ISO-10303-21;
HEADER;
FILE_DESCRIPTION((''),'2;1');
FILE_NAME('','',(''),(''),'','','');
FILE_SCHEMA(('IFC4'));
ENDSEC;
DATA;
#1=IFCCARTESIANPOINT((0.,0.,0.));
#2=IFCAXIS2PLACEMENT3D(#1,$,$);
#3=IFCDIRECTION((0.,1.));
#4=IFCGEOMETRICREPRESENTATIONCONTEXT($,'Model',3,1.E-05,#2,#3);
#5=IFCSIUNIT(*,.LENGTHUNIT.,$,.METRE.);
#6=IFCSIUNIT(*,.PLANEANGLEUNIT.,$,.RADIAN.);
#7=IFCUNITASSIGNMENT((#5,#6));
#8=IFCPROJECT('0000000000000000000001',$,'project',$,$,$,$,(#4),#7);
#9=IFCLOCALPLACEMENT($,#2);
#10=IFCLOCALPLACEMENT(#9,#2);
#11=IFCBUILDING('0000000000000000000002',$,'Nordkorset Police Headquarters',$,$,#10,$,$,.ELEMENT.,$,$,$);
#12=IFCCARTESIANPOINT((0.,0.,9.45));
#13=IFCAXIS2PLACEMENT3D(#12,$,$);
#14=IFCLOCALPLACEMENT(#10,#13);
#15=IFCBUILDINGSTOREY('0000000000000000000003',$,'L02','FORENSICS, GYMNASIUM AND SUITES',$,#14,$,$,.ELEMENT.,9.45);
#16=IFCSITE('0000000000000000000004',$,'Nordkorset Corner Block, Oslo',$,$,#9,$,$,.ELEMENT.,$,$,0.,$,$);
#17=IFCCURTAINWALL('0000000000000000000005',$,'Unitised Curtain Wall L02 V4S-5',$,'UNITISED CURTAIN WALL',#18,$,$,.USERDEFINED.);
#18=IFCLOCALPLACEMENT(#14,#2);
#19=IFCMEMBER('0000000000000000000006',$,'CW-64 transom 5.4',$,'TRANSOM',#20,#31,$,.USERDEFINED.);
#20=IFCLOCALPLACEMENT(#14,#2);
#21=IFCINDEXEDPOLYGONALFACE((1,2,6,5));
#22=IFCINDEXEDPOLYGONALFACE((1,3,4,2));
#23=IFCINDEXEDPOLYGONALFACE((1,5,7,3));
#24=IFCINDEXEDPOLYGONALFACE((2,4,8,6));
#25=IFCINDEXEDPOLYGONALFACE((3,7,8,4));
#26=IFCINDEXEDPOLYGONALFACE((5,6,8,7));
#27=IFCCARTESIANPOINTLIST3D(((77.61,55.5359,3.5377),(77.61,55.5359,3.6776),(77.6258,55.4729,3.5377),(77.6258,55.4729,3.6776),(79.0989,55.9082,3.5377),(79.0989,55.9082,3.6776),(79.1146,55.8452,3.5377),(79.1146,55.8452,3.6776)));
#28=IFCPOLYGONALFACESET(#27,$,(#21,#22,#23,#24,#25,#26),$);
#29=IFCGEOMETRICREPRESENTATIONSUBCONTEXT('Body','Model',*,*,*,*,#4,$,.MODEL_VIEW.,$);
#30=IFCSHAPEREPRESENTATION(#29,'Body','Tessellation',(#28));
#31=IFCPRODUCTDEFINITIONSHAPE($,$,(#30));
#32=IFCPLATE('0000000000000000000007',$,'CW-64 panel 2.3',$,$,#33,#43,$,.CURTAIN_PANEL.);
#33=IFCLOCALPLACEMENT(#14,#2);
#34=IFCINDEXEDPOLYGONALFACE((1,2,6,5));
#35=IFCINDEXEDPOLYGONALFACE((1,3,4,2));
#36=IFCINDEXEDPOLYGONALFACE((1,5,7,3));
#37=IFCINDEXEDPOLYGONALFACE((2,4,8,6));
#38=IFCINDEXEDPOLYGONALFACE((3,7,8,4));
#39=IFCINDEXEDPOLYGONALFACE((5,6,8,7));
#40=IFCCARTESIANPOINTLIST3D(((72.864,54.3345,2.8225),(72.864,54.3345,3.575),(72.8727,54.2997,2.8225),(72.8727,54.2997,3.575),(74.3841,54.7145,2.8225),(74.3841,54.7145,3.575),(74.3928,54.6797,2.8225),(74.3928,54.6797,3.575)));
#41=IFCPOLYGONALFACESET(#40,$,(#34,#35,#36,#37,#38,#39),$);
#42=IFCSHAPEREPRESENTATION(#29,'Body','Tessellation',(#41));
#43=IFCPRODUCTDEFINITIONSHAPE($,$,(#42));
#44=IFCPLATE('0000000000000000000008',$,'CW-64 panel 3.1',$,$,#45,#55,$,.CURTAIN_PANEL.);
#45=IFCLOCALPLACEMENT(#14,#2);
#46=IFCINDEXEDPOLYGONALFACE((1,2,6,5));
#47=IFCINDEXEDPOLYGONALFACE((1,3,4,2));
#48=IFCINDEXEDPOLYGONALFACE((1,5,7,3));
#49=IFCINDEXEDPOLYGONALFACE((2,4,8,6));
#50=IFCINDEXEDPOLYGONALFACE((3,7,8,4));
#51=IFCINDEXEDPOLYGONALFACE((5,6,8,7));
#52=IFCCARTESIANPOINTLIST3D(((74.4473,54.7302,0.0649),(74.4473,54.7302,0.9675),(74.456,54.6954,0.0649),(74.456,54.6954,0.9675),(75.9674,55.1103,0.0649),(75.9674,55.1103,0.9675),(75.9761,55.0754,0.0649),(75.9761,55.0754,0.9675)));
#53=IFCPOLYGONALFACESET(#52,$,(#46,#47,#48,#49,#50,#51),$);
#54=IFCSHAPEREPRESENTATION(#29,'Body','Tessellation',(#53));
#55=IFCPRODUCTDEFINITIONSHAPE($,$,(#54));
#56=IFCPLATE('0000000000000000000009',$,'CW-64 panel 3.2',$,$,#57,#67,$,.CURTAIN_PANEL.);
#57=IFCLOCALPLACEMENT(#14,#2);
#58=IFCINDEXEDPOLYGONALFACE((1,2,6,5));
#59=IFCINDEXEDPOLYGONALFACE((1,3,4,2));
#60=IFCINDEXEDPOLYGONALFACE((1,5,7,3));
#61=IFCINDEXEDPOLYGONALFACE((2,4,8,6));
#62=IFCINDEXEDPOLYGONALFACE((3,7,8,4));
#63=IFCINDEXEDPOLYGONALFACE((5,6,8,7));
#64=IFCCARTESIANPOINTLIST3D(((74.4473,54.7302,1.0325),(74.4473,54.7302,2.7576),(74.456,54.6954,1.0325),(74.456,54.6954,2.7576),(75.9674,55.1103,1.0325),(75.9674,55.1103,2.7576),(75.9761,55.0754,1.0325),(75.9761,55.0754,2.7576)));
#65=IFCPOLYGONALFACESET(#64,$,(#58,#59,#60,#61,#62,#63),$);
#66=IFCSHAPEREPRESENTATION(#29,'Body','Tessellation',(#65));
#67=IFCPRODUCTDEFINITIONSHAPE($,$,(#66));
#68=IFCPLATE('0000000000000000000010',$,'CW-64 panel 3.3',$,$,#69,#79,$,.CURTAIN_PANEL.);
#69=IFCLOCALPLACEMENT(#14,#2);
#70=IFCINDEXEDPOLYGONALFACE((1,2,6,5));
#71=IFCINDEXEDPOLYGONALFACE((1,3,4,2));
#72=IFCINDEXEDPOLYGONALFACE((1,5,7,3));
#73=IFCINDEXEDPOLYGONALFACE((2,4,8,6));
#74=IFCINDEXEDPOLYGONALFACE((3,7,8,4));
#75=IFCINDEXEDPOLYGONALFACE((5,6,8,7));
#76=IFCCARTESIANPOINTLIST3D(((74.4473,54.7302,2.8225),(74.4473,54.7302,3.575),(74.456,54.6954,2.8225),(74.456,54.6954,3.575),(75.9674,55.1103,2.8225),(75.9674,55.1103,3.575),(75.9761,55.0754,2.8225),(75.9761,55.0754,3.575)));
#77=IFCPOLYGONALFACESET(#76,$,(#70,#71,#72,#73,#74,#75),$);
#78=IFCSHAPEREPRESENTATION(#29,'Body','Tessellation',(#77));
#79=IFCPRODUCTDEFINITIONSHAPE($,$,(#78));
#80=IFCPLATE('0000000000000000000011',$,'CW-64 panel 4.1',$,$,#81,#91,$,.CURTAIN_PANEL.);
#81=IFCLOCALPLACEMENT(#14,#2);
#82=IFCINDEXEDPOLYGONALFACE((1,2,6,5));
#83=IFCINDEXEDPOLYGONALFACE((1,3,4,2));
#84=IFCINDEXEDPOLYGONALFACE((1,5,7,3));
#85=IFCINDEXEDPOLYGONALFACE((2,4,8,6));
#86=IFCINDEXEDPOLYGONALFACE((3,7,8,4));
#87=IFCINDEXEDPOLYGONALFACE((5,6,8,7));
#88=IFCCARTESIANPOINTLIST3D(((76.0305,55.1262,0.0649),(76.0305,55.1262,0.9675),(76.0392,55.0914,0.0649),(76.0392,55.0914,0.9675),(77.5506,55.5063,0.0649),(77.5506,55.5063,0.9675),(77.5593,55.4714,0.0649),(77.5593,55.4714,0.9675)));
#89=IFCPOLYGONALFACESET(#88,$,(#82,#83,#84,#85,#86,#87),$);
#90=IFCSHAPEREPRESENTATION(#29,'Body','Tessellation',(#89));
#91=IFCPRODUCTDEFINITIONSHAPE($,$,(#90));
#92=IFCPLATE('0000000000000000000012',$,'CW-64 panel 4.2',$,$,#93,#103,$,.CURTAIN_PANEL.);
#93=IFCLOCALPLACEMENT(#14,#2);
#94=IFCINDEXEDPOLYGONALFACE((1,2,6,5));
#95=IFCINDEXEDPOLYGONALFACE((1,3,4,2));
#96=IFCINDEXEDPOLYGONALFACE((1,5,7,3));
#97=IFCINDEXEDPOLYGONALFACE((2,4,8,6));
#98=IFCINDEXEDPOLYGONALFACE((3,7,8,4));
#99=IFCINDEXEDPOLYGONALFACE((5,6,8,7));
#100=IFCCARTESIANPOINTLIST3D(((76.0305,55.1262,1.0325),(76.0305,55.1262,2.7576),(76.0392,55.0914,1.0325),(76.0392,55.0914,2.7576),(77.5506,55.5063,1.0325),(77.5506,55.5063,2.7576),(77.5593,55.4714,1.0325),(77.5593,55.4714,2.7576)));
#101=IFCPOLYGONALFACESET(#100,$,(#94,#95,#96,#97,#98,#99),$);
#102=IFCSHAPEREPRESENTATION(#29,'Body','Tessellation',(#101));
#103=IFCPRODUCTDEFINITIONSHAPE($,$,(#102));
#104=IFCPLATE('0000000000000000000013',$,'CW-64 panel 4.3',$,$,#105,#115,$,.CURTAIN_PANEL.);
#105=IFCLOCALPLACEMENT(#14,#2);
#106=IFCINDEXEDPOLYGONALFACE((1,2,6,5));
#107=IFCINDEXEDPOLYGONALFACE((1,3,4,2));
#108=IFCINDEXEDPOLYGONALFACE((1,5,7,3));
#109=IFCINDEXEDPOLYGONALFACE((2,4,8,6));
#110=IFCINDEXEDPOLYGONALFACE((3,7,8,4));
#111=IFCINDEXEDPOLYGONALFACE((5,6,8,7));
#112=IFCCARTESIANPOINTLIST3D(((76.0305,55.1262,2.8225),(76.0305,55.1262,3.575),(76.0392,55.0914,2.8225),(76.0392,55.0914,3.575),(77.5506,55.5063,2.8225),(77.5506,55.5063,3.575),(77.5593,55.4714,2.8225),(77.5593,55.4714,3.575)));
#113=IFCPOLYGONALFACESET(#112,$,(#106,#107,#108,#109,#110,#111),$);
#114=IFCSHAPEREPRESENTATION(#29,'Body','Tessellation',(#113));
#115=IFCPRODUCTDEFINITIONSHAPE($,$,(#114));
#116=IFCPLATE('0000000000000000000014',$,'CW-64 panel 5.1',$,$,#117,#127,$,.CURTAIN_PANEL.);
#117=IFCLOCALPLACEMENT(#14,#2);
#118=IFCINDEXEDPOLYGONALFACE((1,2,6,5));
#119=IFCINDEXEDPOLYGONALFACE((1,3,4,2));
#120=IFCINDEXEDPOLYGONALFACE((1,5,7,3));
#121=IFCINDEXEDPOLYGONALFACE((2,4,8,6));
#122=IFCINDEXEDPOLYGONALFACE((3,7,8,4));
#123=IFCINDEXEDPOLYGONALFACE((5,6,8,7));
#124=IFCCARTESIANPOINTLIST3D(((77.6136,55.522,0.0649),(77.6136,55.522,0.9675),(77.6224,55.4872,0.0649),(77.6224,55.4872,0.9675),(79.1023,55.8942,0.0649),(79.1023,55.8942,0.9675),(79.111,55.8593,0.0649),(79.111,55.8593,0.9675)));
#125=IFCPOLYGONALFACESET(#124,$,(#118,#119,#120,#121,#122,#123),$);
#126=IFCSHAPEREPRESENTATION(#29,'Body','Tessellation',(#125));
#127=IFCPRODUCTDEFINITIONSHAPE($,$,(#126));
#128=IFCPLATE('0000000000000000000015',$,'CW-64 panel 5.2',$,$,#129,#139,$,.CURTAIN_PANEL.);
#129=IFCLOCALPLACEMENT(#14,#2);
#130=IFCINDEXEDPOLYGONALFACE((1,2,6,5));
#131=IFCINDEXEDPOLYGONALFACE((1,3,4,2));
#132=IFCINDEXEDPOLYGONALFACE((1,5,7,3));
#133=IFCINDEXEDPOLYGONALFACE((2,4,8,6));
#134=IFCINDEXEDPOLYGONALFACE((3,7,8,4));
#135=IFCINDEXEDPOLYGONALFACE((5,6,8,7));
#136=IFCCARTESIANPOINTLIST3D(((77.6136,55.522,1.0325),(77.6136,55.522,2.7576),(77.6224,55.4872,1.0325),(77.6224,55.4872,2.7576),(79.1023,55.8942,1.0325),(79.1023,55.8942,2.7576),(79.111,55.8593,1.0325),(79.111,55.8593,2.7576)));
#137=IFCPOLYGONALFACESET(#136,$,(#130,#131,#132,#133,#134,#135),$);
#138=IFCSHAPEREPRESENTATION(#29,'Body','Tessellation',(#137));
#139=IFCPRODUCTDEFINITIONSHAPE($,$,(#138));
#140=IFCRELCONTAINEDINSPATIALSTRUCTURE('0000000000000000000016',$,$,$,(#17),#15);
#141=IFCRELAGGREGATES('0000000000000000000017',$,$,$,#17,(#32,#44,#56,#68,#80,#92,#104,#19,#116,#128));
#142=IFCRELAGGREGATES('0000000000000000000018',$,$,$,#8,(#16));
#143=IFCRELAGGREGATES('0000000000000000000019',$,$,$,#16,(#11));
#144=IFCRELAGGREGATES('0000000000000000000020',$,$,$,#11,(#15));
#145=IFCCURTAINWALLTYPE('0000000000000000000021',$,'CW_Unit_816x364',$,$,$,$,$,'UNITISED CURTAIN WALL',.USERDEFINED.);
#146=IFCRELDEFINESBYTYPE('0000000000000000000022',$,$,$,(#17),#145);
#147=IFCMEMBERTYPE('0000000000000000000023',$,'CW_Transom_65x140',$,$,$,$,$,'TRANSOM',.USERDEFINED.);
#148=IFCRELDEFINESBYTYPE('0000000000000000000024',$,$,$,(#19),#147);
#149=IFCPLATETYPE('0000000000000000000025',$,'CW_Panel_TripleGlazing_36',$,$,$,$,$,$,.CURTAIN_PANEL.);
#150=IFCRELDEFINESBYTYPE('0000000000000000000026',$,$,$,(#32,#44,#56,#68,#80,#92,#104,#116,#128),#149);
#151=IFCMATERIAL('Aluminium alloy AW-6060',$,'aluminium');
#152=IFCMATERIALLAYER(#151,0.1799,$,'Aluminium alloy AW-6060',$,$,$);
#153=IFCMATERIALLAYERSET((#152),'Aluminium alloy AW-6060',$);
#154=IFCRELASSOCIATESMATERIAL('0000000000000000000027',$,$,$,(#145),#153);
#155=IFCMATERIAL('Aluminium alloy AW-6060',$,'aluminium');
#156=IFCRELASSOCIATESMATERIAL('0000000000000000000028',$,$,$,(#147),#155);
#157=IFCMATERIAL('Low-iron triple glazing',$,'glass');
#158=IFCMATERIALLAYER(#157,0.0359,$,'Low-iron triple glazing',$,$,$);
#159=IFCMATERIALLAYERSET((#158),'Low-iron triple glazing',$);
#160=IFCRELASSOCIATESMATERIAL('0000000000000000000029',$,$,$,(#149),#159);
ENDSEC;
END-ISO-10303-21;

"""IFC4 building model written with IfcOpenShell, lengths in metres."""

from ifc_helpers import new_model, si_unit, direction, frame, origin, origin_2d, place, context, subcontext, project, spatial, rectangle, extrude, material, layer, layer_set, material_profile, profile_set, type_object, element, aggregate, save


model = new_model("IFC4")

# Units and contexts
model_context = context("Model", 3, precision=1e-05, world=origin(), true_north=direction((0.0, 1.0)))
body_context = subcontext(model_context, "Body", "Model", "MODEL_VIEW")
ifc_project = project(units=[si_unit("LENGTHUNIT", "METRE"), si_unit("PLANEANGLEUNIT", "RADIAN")], contexts=[model_context])

# Site, building, storey
site_placement = place(None, origin())
site = spatial("IfcSite", under=ifc_project, at=site_placement, Name="Nordkorset Corner Block, Oslo", CompositionType="ELEMENT", RefElevation=0.0)
building_placement = place(site_placement, origin())
building = spatial("IfcBuilding", under=site, at=building_placement, Name="Nordkorset Police Headquarters", CompositionType="ELEMENT")
storey_placement = place(building_placement, frame((0.0, 0.0, 9.45)))
storey = spatial("IfcBuildingStorey", under=building, at=storey_placement, Name="L02", Description="FORENSICS, GYMNASIUM AND SUITES", CompositionType="ELEMENT", Elevation=9.45)

# Curtain wall, member, plates
ifc_material_1 = material(Name="Aluminium alloy AW-6060", Category="aluminium")
ifc_layer_1 = layer(ifc_material_1, 0.1799, Name="Aluminium alloy AW-6060")
ifc_layer_set_1 = layer_set([ifc_layer_1], Name="Aluminium alloy AW-6060")
curtain_wall_type = type_object("IfcCurtainWallType", Name="CW_Unit_816x364", ElementType="UNITISED CURTAIN WALL", PredefinedType="USERDEFINED", material=ifc_layer_set_1)
curtain_wall_placement = place(storey_placement, origin())
curtain_wall = element("IfcCurtainWall", 1, at=curtain_wall_placement, inside=storey, type_object=curtain_wall_type, Name="Unitised Curtain Wall L02 V4S-5", ObjectType="UNITISED CURTAIN WALL", PredefinedType="USERDEFINED")
ifc_material_2 = material(Name="Aluminium alloy AW-6060", Category="aluminium")
ifc_material_profile_1 = material_profile(ifc_material_2, rectangle(XDim=0.0649, YDim=0.1399, at=origin_2d()), Name="ALU TRAN 65x140")
ifc_profile_set_1 = profile_set([ifc_material_profile_1], Name="Aluminium alloy AW-6060")
member_type_1 = type_object("IfcMemberType", Name="CW_Transom_65x140", ElementType="TRANSOM", PredefinedType="USERDEFINED", material=ifc_profile_set_1)
member_1_placement = place(storey_placement, frame((77.6179, 55.5044, 3.6077), z_axis=(0.970124, 0.24261, 0.0), x_axis=(-0.24261, 0.970124, 0.0)))
member_1 = element("IfcMember", 2, at=member_1_placement, type_object=member_type_1, Name="CW-64 transom 5.4", ObjectType="TRANSOM", PredefinedType="USERDEFINED", context=body_context, shape_type="SweptSolid", body=[
    extrude(rectangle(XDim=0.0649, YDim=0.1399, at=origin_2d()), origin(), (0.0, 0.0, 1.0), 1.5347),
])
ifc_material_3 = material(Name="Low-iron triple glazing", Category="glass")
ifc_layer_2 = layer(ifc_material_3, 0.0359, Name="Low-iron triple glazing")
ifc_layer_set_2 = layer_set([ifc_layer_2], Name="Low-iron triple glazing")
plate_type = type_object("IfcPlateType", Name="CW_Panel_TripleGlazing_36", PredefinedType="CURTAIN_PANEL", material=ifc_layer_set_2)
plate_1_placement = place(storey_placement, frame((73.6284, 54.5071, 2.8225), z_axis=(0.0, 0.0, 1.0), x_axis=(0.970143, 0.242536, 0.0)))
plate_1 = element("IfcPlate", 3, at=plate_1_placement, type_object=plate_type, Name="CW-64 panel 2.3", PredefinedType="CURTAIN_PANEL", context=body_context, shape_type="SweptSolid", body=[
    extrude(rectangle(XDim=1.5669, YDim=0.0359, at=origin_2d()), origin(), (0.0, 0.0, 1.0), 0.7524),
])
plate_2_placement = place(storey_placement, frame((75.2117, 54.9028, 0.0649), z_axis=(0.0, 0.0, 1.0), x_axis=(0.970143, 0.242536, 0.0)))
plate_2 = element("IfcPlate", 4, at=plate_2_placement, type_object=plate_type, Name="CW-64 panel 3.1", PredefinedType="CURTAIN_PANEL", context=body_context, shape_type="SweptSolid", body=[
    extrude(rectangle(XDim=1.5669, YDim=0.0359, at=origin_2d()), origin(), (0.0, 0.0, 1.0), 0.9026),
])
plate_3_placement = place(storey_placement, frame((75.2117, 54.9028, 1.0325), z_axis=(0.0, 0.0, 1.0), x_axis=(0.970143, 0.242536, 0.0)))
plate_3 = element("IfcPlate", 5, at=plate_3_placement, type_object=plate_type, Name="CW-64 panel 3.2", PredefinedType="CURTAIN_PANEL", context=body_context, shape_type="SweptSolid", body=[
    extrude(rectangle(XDim=1.5669, YDim=0.0359, at=origin_2d()), origin(), (0.0, 0.0, 1.0), 1.7251),
])
plate_4_placement = place(storey_placement, frame((75.2117, 54.9028, 2.8225), z_axis=(0.0, 0.0, 1.0), x_axis=(0.970143, 0.242536, 0.0)))
plate_4 = element("IfcPlate", 6, at=plate_4_placement, type_object=plate_type, Name="CW-64 panel 3.3", PredefinedType="CURTAIN_PANEL", context=body_context, shape_type="SweptSolid", body=[
    extrude(rectangle(XDim=1.5669, YDim=0.0359, at=origin_2d()), origin(), (0.0, 0.0, 1.0), 0.7524),
])
plate_5_placement = place(storey_placement, frame((76.7949, 55.2988, 0.0649), z_axis=(0.0, 0.0, 1.0), x_axis=(0.970143, 0.242536, 0.0)))
plate_5 = element("IfcPlate", 7, at=plate_5_placement, type_object=plate_type, Name="CW-64 panel 4.1", PredefinedType="CURTAIN_PANEL", context=body_context, shape_type="SweptSolid", body=[
    extrude(rectangle(XDim=1.5669, YDim=0.0359, at=origin_2d()), origin(), (0.0, 0.0, 1.0), 0.9026),
])
plate_6_placement = place(storey_placement, frame((76.7949, 55.2988, 1.0325), z_axis=(0.0, 0.0, 1.0), x_axis=(0.970143, 0.242536, 0.0)))
plate_6 = element("IfcPlate", 8, at=plate_6_placement, type_object=plate_type, Name="CW-64 panel 4.2", PredefinedType="CURTAIN_PANEL", context=body_context, shape_type="SweptSolid", body=[
    extrude(rectangle(XDim=1.5669, YDim=0.0359, at=origin_2d()), origin(), (0.0, 0.0, 1.0), 1.7251),
])
plate_7_placement = place(storey_placement, frame((76.7949, 55.2988, 2.8225), z_axis=(0.0, 0.0, 1.0), x_axis=(0.970143, 0.242536, 0.0)))
plate_7 = element("IfcPlate", 9, at=plate_7_placement, type_object=plate_type, Name="CW-64 panel 4.3", PredefinedType="CURTAIN_PANEL", context=body_context, shape_type="SweptSolid", body=[
    extrude(rectangle(XDim=1.5669, YDim=0.0359, at=origin_2d()), origin(), (0.0, 0.0, 1.0), 0.7524),
])
plate_8_placement = place(storey_placement, frame((78.3623, 55.6907, 0.0649), z_axis=(0.0, 0.0, 1.0), x_axis=(0.970143, 0.242536, 0.0)))
plate_8 = element("IfcPlate", 10, at=plate_8_placement, type_object=plate_type, Name="CW-64 panel 5.1", PredefinedType="CURTAIN_PANEL", context=body_context, shape_type="SweptSolid", body=[
    extrude(rectangle(XDim=1.5344, YDim=0.0359, at=origin_2d()), origin(), (0.0, 0.0, 1.0), 0.9026),
])
plate_9_placement = place(storey_placement, frame((78.3623, 55.6907, 1.0325), z_axis=(0.0, 0.0, 1.0), x_axis=(0.970143, 0.242536, 0.0)))
plate_9 = element("IfcPlate", 11, at=plate_9_placement, type_object=plate_type, Name="CW-64 panel 5.2", PredefinedType="CURTAIN_PANEL", context=body_context, shape_type="SweptSolid", body=[
    extrude(rectangle(XDim=1.5344, YDim=0.0359, at=origin_2d()), origin(), (0.0, 0.0, 1.0), 1.7251),
])
aggregate(curtain_wall, [plate_1, plate_2, plate_3, plate_4, plate_5, plate_6, plate_7, member_1, plate_8, plate_9])

save(model, "model.ifc")
